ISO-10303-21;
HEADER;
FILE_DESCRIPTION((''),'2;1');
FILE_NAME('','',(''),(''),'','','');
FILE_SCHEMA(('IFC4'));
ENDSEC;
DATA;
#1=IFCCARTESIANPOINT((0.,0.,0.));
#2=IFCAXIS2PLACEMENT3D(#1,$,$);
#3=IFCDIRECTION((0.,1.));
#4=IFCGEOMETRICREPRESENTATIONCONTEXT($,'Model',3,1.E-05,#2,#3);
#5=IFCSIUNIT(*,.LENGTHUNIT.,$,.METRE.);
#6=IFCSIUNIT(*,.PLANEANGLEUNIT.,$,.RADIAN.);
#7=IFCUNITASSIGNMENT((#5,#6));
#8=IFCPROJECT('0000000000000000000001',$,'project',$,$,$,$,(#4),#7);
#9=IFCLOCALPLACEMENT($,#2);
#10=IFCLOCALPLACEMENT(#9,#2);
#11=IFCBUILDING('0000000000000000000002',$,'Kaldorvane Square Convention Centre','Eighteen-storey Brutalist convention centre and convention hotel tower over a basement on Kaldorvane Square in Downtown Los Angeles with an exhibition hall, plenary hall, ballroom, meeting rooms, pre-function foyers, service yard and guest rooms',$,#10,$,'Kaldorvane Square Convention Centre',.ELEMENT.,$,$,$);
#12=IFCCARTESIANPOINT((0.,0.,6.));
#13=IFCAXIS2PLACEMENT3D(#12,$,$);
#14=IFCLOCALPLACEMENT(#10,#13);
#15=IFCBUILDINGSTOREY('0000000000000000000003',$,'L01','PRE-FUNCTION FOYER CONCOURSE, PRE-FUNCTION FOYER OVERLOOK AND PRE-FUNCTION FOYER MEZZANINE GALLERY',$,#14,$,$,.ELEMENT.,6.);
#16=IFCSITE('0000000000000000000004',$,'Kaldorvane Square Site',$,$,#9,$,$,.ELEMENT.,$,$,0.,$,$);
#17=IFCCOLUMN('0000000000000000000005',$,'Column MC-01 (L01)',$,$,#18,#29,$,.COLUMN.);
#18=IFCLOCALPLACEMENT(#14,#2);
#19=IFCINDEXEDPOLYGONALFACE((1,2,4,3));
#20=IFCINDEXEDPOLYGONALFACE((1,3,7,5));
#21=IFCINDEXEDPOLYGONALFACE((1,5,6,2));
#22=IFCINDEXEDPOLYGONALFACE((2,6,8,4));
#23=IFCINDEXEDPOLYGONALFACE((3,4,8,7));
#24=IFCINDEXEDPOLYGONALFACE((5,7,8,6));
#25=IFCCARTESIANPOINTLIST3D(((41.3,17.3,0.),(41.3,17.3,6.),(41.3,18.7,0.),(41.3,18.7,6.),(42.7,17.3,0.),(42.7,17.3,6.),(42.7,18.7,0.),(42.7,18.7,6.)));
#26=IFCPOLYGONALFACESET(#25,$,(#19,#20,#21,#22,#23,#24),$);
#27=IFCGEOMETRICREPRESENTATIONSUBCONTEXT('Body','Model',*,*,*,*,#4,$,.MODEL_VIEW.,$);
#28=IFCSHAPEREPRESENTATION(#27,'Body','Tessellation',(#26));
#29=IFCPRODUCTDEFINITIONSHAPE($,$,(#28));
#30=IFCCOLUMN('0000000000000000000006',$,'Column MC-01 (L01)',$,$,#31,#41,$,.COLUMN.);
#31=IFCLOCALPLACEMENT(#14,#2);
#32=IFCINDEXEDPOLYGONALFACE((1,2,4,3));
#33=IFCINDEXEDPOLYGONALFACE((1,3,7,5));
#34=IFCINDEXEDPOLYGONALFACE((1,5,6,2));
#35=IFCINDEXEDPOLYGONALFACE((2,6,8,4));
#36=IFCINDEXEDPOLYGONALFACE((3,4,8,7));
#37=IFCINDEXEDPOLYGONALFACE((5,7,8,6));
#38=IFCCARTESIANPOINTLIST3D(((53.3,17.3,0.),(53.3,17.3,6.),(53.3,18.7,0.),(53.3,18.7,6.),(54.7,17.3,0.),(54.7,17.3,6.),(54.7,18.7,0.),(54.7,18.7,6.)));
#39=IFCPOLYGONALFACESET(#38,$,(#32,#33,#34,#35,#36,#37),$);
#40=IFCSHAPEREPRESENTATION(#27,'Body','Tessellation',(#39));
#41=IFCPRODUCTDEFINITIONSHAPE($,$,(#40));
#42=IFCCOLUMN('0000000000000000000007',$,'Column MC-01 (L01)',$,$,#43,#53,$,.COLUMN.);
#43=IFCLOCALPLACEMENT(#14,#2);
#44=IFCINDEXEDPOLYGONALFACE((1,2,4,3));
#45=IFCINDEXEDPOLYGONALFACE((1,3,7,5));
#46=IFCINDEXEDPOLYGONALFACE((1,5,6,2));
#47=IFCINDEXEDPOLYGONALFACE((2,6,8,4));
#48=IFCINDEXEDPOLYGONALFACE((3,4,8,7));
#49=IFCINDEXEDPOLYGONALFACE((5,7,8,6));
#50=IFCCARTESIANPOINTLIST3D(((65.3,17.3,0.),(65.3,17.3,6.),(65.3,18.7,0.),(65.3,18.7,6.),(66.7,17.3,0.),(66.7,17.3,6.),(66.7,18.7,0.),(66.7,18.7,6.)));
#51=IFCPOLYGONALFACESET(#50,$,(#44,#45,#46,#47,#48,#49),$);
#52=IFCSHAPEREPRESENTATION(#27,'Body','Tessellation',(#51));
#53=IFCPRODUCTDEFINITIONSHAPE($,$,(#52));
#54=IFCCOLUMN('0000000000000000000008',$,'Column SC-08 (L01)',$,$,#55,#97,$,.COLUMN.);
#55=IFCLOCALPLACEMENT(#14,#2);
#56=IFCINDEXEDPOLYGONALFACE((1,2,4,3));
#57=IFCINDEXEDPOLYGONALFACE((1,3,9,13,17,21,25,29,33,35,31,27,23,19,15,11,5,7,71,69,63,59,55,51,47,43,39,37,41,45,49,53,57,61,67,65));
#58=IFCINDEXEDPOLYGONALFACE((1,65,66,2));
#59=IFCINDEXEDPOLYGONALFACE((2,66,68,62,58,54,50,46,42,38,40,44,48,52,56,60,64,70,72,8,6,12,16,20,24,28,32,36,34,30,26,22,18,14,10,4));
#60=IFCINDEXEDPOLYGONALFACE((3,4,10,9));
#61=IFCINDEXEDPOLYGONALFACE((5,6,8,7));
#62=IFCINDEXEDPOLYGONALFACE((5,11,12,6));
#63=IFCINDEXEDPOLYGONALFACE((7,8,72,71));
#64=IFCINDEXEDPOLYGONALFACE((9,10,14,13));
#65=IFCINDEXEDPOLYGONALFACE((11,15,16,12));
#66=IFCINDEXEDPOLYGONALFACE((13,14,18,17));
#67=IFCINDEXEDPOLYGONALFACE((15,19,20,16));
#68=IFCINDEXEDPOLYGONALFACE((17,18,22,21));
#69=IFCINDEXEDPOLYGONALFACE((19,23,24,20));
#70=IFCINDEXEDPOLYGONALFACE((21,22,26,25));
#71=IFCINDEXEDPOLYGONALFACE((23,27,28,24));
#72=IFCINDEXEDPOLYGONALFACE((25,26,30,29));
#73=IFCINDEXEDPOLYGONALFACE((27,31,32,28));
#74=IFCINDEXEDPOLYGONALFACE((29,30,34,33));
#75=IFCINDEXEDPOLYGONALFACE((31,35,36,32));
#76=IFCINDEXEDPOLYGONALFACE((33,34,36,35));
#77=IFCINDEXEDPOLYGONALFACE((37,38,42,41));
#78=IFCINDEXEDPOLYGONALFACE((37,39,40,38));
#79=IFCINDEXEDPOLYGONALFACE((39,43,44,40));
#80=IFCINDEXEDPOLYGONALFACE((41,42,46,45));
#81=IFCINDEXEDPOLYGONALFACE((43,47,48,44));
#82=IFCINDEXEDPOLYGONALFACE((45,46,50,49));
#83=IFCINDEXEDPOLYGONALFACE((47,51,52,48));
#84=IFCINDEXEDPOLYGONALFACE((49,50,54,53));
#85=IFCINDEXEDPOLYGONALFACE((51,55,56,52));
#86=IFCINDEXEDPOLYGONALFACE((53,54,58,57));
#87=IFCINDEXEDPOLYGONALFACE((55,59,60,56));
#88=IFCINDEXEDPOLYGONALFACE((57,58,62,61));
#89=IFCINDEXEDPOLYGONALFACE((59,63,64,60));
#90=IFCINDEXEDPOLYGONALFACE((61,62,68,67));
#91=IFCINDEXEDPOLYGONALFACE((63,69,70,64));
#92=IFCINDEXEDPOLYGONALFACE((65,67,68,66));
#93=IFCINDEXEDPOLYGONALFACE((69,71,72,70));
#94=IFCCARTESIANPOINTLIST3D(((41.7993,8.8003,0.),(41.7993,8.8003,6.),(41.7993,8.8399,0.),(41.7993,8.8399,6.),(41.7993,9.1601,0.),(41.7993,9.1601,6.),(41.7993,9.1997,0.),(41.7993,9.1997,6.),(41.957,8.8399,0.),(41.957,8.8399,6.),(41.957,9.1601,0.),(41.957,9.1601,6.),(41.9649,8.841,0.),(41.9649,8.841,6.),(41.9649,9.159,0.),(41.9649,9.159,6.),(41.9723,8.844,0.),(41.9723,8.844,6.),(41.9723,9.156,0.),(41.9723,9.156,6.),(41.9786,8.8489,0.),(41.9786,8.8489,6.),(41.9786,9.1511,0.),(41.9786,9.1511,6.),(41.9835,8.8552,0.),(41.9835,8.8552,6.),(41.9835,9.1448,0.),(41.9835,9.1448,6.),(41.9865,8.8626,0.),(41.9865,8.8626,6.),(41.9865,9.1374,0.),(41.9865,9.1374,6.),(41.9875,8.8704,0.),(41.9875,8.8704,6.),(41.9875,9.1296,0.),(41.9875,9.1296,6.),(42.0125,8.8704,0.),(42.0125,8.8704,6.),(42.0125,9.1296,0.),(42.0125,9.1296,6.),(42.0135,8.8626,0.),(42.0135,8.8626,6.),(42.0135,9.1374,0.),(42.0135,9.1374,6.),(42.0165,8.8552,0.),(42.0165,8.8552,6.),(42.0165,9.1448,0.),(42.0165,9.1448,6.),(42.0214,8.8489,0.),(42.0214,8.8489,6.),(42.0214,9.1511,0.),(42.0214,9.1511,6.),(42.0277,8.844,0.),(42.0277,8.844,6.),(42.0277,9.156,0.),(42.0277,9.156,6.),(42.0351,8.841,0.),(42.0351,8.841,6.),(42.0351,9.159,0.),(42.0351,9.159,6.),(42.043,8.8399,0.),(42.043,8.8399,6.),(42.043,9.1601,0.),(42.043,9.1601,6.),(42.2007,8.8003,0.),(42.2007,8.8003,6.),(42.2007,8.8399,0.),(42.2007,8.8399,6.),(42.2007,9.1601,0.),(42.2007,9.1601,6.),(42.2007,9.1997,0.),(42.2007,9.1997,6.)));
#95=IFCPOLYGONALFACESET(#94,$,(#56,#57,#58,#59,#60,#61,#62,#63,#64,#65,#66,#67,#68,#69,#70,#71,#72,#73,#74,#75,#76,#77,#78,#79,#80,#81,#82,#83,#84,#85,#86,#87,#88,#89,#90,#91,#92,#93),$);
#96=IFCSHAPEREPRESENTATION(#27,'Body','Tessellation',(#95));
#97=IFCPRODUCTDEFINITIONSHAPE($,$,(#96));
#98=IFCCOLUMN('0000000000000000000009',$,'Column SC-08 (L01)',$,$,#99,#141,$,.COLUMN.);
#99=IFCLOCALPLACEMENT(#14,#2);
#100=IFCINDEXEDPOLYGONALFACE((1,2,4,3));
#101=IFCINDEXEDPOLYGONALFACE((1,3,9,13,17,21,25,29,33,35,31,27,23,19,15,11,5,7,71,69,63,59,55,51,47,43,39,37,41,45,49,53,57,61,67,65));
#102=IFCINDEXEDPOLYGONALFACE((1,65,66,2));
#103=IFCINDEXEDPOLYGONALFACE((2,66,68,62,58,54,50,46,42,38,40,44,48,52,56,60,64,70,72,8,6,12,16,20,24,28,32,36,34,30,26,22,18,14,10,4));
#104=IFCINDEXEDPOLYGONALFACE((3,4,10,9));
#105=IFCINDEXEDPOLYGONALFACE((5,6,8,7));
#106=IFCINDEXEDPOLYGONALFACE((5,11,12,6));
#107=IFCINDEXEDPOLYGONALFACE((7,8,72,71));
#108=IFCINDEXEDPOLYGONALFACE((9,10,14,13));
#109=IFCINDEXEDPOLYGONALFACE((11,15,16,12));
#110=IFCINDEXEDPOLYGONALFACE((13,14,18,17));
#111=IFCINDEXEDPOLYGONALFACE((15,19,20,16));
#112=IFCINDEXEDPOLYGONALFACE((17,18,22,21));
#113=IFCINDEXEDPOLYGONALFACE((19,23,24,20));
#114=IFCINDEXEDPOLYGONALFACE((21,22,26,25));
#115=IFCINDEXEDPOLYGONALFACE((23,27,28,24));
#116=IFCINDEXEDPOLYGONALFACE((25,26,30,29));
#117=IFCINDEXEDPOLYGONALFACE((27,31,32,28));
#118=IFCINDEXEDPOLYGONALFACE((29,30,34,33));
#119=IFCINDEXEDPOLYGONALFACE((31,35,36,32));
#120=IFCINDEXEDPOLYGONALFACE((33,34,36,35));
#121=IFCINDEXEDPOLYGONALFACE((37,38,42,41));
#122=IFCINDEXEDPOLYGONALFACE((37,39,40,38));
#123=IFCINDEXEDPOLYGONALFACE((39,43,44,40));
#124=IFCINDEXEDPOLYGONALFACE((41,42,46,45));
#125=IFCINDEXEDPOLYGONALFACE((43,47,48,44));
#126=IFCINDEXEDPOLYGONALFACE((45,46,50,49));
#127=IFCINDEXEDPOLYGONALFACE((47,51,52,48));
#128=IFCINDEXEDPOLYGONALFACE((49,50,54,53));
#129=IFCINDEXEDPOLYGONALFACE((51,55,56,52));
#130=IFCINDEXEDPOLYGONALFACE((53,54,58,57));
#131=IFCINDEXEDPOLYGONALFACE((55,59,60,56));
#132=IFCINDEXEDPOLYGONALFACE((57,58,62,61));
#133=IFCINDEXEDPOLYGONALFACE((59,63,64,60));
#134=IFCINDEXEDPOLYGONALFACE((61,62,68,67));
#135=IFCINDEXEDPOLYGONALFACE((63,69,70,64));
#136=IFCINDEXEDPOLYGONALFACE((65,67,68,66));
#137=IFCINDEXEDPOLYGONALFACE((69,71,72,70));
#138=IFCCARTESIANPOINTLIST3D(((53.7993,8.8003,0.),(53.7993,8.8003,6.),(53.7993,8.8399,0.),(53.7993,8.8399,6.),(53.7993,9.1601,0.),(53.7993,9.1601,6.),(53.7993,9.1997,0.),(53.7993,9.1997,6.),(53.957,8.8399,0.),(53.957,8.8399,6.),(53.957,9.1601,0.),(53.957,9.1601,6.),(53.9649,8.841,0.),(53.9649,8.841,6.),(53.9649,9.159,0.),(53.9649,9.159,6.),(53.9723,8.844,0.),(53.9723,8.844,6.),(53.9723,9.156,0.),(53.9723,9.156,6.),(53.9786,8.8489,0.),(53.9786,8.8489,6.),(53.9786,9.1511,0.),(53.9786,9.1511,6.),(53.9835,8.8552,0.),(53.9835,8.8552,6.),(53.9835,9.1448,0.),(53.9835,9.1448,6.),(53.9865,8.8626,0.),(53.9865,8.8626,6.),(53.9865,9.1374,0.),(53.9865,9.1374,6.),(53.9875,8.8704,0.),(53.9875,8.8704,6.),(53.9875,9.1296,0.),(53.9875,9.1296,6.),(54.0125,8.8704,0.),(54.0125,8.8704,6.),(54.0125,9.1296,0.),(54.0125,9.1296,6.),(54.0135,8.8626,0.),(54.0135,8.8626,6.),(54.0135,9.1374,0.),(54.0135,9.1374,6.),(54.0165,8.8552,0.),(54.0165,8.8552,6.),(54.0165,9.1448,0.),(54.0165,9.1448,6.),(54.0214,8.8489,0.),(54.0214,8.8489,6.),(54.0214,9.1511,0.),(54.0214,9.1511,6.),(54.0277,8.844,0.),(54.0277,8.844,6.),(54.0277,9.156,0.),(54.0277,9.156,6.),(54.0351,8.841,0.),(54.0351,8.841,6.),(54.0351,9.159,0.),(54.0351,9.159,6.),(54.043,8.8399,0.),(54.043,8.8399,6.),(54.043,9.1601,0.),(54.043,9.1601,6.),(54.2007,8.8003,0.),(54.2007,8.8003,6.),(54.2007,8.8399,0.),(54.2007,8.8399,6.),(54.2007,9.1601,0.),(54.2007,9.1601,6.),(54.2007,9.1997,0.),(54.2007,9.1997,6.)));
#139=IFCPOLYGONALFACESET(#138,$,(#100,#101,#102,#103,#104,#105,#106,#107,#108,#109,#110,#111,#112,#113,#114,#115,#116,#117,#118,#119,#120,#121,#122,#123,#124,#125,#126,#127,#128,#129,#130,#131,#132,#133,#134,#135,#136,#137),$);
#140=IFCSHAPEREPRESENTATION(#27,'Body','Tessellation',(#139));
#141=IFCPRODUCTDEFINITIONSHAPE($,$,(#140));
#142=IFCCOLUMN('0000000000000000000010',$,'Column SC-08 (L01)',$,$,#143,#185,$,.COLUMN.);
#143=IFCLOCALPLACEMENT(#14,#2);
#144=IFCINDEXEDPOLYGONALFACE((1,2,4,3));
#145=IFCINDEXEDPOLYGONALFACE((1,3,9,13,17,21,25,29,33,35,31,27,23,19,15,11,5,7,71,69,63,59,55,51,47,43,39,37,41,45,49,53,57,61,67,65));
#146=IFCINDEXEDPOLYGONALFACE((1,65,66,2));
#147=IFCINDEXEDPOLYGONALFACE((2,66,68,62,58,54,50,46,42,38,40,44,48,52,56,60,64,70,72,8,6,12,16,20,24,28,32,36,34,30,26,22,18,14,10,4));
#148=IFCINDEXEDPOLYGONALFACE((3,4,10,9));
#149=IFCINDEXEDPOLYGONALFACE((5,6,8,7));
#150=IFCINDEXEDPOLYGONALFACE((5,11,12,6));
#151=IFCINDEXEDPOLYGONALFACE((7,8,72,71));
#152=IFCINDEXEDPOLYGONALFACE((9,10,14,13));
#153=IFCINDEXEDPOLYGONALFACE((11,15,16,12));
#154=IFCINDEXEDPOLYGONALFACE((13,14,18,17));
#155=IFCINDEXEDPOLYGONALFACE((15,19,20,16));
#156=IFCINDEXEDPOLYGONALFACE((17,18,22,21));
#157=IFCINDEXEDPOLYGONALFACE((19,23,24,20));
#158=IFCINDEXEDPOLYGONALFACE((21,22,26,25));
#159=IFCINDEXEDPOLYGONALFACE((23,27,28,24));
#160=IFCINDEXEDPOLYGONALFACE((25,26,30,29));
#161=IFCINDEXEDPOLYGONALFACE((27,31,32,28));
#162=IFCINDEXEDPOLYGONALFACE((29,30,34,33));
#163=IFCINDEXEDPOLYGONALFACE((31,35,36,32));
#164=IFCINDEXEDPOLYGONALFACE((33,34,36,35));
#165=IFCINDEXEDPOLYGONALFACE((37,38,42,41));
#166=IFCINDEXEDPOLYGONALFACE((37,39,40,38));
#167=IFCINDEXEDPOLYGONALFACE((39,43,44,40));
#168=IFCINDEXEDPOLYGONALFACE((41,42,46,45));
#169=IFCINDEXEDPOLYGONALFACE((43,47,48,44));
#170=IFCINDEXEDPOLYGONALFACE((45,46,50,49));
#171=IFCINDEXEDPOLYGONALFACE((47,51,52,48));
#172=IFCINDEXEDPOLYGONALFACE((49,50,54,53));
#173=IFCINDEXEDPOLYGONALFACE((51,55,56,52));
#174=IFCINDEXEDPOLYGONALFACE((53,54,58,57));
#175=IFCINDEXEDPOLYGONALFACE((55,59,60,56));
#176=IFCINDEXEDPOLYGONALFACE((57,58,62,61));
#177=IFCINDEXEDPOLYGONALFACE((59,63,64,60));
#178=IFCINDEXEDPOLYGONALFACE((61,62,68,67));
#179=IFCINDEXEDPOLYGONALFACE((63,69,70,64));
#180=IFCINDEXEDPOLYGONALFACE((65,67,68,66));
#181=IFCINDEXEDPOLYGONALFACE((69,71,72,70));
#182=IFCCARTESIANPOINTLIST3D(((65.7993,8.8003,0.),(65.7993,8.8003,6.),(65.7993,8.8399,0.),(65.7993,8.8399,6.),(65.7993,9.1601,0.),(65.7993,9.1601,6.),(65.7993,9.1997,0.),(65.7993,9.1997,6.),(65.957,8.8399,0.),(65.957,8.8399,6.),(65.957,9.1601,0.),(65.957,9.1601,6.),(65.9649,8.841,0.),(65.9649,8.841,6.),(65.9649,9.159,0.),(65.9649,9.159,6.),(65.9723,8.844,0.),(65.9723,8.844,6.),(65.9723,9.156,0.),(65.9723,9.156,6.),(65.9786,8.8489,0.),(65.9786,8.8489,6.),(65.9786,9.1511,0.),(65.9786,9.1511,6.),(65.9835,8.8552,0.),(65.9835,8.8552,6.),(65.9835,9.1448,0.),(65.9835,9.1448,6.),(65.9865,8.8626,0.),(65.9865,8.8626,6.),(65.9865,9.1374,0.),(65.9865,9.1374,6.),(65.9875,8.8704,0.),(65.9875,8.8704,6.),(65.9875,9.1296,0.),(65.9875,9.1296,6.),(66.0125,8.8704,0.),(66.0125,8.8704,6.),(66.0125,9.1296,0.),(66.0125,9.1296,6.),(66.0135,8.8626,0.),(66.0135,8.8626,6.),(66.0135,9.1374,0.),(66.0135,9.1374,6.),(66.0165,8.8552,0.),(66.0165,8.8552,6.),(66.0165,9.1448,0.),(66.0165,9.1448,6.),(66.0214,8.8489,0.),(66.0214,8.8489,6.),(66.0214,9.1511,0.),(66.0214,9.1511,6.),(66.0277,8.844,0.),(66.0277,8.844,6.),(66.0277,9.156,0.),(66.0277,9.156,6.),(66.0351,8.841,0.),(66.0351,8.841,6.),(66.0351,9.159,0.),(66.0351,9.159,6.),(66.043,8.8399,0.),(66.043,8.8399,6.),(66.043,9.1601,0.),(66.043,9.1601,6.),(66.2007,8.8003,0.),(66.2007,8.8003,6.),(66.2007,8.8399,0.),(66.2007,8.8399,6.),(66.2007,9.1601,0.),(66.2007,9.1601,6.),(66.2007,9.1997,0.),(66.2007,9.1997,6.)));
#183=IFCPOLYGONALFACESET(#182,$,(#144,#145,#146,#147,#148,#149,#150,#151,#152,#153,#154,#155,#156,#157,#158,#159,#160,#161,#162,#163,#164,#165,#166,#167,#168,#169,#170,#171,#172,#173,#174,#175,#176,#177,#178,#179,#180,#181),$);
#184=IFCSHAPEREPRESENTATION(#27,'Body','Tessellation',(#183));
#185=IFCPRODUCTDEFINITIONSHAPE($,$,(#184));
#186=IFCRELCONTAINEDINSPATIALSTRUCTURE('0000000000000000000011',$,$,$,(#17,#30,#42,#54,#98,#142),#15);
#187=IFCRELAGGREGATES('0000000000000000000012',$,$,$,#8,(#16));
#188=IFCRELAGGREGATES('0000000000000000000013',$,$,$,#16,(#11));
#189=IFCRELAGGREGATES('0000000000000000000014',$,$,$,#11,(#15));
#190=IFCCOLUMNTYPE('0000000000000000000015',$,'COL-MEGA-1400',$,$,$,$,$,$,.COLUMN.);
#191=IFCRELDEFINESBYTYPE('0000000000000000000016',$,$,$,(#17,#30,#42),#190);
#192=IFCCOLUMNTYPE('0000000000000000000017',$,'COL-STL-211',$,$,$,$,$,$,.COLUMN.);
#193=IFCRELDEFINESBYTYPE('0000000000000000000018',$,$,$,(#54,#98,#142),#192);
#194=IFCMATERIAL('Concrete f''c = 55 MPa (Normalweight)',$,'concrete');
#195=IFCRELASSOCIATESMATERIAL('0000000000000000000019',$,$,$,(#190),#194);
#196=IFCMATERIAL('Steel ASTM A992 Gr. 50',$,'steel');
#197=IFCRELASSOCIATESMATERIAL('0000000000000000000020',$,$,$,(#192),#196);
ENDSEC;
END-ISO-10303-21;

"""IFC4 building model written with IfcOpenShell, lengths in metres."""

from ifc_helpers import new_model, si_unit, direction, frame, origin, origin_2d, place, context, subcontext, project, spatial, rectangle, i_section, extrude, material, material_profile, profile_set, type_object, element, save


model = new_model("IFC4")

# Units and contexts
model_context = context("Model", 3, precision=1e-05, world=origin(), true_north=direction((0.0, 1.0)))
body_context = subcontext(model_context, "Body", "Model", "MODEL_VIEW")
ifc_project = project(units=[si_unit("LENGTHUNIT", "METRE"), si_unit("PLANEANGLEUNIT", "RADIAN")], contexts=[model_context])

# Site, building, storey
site_placement = place(None, origin())
site = spatial("IfcSite", under=ifc_project, at=site_placement, Name="Kaldorvane Square Site", CompositionType="ELEMENT", RefElevation=0.0)
building_placement = place(site_placement, origin())
building = spatial("IfcBuilding", under=site, at=building_placement, Name="Kaldorvane Square Convention Centre", Description="Eighteen-storey Brutalist convention centre and convention hotel tower over a basement on Kaldorvane Square in Downtown Los Angeles with an exhibition hall, plenary hall, ballroom, meeting rooms, pre-function foyers, service yard and guest rooms", LongName="Kaldorvane Square Convention Centre", CompositionType="ELEMENT")
storey_placement = place(building_placement, frame((0.0, 0.0, 6.0)))
storey = spatial("IfcBuildingStorey", under=building, at=storey_placement, Name="L01", Description="PRE-FUNCTION FOYER CONCOURSE, PRE-FUNCTION FOYER OVERLOOK AND PRE-FUNCTION FOYER MEZZANINE GALLERY", CompositionType="ELEMENT", Elevation=6.0)

# Columns
ifc_material_1 = material(Name="Concrete f'c = 55 MPa (Normalweight)", Category="concrete")
ifc_material_profile_1 = material_profile(ifc_material_1, rectangle(XDim=1.4, YDim=1.4, at=origin_2d()), Name="RC1400X1400")
ifc_profile_set_1 = profile_set([ifc_material_profile_1], Name="Concrete f'c = 55 MPa (Normalweight)")
column_type_1 = type_object("IfcColumnType", Name="COL-MEGA-1400", PredefinedType="COLUMN", material=ifc_profile_set_1)
for number, where, z_axis, x_axis, name in (
    (1, (42.0, 18.0, 0.0), (0.0, 0.0, 1.0), (1.0, 0.0, 0.0), "Column MC-01 (L01)"),
    (2, (54.0, 18.0, 0.0), (0.0, 0.0, 1.0), (1.0, 0.0, 0.0), "Column MC-01 (L01)"),
    (3, (66.0, 18.0, 0.0), (0.0, 0.0, 1.0), (1.0, 0.0, 0.0), "Column MC-01 (L01)"),
):
    element("IfcColumn", number, at=place(storey_placement, frame(where, z_axis=z_axis, x_axis=x_axis)), inside=storey, type_object=column_type_1, Name=name, PredefinedType="COLUMN", context=body_context, shape_type="SweptSolid", body=[
        extrude(rectangle(XDim=1.4, YDim=1.4, at=origin_2d()), origin(), (0.0, 0.0, 1.0), 6.0),
    ])
ifc_material_2 = material(Name="Steel ASTM A992 Gr. 50", Category="steel")
ifc_material_profile_2 = material_profile(ifc_material_2, i_section(OverallWidth=0.4013, OverallDepth=0.3993, WebThickness=0.0249, FlangeThickness=0.0396, FilletRadius=0.0305, at=origin_2d()), Name="W14X211")
ifc_profile_set_2 = profile_set([ifc_material_profile_2], Name="Steel ASTM A992 Gr. 50")
column_type_2 = type_object("IfcColumnType", Name="COL-STL-211", PredefinedType="COLUMN", material=ifc_profile_set_2)
for number, where, z_axis, x_axis, name in (
    (4, (42.0, 9.0, 0.0), (0.0, 0.0, 1.0), (1.0, 0.0, 0.0), "Column SC-08 (L01)"),
    (5, (54.0, 9.0, 0.0), (0.0, 0.0, 1.0), (1.0, 0.0, 0.0), "Column SC-08 (L01)"),
    (6, (66.0, 9.0, 0.0), (0.0, 0.0, 1.0), (1.0, 0.0, 0.0), "Column SC-08 (L01)"),
):
    element("IfcColumn", number, at=place(storey_placement, frame(where, z_axis=z_axis, x_axis=x_axis)), inside=storey, type_object=column_type_2, Name=name, PredefinedType="COLUMN", context=body_context, shape_type="SweptSolid", body=[
        extrude(i_section(OverallWidth=0.4013, OverallDepth=0.3993, WebThickness=0.0249, FlangeThickness=0.0396, FilletRadius=0.0305, at=origin_2d()), origin(), (0.0, 0.0, 1.0), 6.0),
    ])

save(model, "model.ifc")
